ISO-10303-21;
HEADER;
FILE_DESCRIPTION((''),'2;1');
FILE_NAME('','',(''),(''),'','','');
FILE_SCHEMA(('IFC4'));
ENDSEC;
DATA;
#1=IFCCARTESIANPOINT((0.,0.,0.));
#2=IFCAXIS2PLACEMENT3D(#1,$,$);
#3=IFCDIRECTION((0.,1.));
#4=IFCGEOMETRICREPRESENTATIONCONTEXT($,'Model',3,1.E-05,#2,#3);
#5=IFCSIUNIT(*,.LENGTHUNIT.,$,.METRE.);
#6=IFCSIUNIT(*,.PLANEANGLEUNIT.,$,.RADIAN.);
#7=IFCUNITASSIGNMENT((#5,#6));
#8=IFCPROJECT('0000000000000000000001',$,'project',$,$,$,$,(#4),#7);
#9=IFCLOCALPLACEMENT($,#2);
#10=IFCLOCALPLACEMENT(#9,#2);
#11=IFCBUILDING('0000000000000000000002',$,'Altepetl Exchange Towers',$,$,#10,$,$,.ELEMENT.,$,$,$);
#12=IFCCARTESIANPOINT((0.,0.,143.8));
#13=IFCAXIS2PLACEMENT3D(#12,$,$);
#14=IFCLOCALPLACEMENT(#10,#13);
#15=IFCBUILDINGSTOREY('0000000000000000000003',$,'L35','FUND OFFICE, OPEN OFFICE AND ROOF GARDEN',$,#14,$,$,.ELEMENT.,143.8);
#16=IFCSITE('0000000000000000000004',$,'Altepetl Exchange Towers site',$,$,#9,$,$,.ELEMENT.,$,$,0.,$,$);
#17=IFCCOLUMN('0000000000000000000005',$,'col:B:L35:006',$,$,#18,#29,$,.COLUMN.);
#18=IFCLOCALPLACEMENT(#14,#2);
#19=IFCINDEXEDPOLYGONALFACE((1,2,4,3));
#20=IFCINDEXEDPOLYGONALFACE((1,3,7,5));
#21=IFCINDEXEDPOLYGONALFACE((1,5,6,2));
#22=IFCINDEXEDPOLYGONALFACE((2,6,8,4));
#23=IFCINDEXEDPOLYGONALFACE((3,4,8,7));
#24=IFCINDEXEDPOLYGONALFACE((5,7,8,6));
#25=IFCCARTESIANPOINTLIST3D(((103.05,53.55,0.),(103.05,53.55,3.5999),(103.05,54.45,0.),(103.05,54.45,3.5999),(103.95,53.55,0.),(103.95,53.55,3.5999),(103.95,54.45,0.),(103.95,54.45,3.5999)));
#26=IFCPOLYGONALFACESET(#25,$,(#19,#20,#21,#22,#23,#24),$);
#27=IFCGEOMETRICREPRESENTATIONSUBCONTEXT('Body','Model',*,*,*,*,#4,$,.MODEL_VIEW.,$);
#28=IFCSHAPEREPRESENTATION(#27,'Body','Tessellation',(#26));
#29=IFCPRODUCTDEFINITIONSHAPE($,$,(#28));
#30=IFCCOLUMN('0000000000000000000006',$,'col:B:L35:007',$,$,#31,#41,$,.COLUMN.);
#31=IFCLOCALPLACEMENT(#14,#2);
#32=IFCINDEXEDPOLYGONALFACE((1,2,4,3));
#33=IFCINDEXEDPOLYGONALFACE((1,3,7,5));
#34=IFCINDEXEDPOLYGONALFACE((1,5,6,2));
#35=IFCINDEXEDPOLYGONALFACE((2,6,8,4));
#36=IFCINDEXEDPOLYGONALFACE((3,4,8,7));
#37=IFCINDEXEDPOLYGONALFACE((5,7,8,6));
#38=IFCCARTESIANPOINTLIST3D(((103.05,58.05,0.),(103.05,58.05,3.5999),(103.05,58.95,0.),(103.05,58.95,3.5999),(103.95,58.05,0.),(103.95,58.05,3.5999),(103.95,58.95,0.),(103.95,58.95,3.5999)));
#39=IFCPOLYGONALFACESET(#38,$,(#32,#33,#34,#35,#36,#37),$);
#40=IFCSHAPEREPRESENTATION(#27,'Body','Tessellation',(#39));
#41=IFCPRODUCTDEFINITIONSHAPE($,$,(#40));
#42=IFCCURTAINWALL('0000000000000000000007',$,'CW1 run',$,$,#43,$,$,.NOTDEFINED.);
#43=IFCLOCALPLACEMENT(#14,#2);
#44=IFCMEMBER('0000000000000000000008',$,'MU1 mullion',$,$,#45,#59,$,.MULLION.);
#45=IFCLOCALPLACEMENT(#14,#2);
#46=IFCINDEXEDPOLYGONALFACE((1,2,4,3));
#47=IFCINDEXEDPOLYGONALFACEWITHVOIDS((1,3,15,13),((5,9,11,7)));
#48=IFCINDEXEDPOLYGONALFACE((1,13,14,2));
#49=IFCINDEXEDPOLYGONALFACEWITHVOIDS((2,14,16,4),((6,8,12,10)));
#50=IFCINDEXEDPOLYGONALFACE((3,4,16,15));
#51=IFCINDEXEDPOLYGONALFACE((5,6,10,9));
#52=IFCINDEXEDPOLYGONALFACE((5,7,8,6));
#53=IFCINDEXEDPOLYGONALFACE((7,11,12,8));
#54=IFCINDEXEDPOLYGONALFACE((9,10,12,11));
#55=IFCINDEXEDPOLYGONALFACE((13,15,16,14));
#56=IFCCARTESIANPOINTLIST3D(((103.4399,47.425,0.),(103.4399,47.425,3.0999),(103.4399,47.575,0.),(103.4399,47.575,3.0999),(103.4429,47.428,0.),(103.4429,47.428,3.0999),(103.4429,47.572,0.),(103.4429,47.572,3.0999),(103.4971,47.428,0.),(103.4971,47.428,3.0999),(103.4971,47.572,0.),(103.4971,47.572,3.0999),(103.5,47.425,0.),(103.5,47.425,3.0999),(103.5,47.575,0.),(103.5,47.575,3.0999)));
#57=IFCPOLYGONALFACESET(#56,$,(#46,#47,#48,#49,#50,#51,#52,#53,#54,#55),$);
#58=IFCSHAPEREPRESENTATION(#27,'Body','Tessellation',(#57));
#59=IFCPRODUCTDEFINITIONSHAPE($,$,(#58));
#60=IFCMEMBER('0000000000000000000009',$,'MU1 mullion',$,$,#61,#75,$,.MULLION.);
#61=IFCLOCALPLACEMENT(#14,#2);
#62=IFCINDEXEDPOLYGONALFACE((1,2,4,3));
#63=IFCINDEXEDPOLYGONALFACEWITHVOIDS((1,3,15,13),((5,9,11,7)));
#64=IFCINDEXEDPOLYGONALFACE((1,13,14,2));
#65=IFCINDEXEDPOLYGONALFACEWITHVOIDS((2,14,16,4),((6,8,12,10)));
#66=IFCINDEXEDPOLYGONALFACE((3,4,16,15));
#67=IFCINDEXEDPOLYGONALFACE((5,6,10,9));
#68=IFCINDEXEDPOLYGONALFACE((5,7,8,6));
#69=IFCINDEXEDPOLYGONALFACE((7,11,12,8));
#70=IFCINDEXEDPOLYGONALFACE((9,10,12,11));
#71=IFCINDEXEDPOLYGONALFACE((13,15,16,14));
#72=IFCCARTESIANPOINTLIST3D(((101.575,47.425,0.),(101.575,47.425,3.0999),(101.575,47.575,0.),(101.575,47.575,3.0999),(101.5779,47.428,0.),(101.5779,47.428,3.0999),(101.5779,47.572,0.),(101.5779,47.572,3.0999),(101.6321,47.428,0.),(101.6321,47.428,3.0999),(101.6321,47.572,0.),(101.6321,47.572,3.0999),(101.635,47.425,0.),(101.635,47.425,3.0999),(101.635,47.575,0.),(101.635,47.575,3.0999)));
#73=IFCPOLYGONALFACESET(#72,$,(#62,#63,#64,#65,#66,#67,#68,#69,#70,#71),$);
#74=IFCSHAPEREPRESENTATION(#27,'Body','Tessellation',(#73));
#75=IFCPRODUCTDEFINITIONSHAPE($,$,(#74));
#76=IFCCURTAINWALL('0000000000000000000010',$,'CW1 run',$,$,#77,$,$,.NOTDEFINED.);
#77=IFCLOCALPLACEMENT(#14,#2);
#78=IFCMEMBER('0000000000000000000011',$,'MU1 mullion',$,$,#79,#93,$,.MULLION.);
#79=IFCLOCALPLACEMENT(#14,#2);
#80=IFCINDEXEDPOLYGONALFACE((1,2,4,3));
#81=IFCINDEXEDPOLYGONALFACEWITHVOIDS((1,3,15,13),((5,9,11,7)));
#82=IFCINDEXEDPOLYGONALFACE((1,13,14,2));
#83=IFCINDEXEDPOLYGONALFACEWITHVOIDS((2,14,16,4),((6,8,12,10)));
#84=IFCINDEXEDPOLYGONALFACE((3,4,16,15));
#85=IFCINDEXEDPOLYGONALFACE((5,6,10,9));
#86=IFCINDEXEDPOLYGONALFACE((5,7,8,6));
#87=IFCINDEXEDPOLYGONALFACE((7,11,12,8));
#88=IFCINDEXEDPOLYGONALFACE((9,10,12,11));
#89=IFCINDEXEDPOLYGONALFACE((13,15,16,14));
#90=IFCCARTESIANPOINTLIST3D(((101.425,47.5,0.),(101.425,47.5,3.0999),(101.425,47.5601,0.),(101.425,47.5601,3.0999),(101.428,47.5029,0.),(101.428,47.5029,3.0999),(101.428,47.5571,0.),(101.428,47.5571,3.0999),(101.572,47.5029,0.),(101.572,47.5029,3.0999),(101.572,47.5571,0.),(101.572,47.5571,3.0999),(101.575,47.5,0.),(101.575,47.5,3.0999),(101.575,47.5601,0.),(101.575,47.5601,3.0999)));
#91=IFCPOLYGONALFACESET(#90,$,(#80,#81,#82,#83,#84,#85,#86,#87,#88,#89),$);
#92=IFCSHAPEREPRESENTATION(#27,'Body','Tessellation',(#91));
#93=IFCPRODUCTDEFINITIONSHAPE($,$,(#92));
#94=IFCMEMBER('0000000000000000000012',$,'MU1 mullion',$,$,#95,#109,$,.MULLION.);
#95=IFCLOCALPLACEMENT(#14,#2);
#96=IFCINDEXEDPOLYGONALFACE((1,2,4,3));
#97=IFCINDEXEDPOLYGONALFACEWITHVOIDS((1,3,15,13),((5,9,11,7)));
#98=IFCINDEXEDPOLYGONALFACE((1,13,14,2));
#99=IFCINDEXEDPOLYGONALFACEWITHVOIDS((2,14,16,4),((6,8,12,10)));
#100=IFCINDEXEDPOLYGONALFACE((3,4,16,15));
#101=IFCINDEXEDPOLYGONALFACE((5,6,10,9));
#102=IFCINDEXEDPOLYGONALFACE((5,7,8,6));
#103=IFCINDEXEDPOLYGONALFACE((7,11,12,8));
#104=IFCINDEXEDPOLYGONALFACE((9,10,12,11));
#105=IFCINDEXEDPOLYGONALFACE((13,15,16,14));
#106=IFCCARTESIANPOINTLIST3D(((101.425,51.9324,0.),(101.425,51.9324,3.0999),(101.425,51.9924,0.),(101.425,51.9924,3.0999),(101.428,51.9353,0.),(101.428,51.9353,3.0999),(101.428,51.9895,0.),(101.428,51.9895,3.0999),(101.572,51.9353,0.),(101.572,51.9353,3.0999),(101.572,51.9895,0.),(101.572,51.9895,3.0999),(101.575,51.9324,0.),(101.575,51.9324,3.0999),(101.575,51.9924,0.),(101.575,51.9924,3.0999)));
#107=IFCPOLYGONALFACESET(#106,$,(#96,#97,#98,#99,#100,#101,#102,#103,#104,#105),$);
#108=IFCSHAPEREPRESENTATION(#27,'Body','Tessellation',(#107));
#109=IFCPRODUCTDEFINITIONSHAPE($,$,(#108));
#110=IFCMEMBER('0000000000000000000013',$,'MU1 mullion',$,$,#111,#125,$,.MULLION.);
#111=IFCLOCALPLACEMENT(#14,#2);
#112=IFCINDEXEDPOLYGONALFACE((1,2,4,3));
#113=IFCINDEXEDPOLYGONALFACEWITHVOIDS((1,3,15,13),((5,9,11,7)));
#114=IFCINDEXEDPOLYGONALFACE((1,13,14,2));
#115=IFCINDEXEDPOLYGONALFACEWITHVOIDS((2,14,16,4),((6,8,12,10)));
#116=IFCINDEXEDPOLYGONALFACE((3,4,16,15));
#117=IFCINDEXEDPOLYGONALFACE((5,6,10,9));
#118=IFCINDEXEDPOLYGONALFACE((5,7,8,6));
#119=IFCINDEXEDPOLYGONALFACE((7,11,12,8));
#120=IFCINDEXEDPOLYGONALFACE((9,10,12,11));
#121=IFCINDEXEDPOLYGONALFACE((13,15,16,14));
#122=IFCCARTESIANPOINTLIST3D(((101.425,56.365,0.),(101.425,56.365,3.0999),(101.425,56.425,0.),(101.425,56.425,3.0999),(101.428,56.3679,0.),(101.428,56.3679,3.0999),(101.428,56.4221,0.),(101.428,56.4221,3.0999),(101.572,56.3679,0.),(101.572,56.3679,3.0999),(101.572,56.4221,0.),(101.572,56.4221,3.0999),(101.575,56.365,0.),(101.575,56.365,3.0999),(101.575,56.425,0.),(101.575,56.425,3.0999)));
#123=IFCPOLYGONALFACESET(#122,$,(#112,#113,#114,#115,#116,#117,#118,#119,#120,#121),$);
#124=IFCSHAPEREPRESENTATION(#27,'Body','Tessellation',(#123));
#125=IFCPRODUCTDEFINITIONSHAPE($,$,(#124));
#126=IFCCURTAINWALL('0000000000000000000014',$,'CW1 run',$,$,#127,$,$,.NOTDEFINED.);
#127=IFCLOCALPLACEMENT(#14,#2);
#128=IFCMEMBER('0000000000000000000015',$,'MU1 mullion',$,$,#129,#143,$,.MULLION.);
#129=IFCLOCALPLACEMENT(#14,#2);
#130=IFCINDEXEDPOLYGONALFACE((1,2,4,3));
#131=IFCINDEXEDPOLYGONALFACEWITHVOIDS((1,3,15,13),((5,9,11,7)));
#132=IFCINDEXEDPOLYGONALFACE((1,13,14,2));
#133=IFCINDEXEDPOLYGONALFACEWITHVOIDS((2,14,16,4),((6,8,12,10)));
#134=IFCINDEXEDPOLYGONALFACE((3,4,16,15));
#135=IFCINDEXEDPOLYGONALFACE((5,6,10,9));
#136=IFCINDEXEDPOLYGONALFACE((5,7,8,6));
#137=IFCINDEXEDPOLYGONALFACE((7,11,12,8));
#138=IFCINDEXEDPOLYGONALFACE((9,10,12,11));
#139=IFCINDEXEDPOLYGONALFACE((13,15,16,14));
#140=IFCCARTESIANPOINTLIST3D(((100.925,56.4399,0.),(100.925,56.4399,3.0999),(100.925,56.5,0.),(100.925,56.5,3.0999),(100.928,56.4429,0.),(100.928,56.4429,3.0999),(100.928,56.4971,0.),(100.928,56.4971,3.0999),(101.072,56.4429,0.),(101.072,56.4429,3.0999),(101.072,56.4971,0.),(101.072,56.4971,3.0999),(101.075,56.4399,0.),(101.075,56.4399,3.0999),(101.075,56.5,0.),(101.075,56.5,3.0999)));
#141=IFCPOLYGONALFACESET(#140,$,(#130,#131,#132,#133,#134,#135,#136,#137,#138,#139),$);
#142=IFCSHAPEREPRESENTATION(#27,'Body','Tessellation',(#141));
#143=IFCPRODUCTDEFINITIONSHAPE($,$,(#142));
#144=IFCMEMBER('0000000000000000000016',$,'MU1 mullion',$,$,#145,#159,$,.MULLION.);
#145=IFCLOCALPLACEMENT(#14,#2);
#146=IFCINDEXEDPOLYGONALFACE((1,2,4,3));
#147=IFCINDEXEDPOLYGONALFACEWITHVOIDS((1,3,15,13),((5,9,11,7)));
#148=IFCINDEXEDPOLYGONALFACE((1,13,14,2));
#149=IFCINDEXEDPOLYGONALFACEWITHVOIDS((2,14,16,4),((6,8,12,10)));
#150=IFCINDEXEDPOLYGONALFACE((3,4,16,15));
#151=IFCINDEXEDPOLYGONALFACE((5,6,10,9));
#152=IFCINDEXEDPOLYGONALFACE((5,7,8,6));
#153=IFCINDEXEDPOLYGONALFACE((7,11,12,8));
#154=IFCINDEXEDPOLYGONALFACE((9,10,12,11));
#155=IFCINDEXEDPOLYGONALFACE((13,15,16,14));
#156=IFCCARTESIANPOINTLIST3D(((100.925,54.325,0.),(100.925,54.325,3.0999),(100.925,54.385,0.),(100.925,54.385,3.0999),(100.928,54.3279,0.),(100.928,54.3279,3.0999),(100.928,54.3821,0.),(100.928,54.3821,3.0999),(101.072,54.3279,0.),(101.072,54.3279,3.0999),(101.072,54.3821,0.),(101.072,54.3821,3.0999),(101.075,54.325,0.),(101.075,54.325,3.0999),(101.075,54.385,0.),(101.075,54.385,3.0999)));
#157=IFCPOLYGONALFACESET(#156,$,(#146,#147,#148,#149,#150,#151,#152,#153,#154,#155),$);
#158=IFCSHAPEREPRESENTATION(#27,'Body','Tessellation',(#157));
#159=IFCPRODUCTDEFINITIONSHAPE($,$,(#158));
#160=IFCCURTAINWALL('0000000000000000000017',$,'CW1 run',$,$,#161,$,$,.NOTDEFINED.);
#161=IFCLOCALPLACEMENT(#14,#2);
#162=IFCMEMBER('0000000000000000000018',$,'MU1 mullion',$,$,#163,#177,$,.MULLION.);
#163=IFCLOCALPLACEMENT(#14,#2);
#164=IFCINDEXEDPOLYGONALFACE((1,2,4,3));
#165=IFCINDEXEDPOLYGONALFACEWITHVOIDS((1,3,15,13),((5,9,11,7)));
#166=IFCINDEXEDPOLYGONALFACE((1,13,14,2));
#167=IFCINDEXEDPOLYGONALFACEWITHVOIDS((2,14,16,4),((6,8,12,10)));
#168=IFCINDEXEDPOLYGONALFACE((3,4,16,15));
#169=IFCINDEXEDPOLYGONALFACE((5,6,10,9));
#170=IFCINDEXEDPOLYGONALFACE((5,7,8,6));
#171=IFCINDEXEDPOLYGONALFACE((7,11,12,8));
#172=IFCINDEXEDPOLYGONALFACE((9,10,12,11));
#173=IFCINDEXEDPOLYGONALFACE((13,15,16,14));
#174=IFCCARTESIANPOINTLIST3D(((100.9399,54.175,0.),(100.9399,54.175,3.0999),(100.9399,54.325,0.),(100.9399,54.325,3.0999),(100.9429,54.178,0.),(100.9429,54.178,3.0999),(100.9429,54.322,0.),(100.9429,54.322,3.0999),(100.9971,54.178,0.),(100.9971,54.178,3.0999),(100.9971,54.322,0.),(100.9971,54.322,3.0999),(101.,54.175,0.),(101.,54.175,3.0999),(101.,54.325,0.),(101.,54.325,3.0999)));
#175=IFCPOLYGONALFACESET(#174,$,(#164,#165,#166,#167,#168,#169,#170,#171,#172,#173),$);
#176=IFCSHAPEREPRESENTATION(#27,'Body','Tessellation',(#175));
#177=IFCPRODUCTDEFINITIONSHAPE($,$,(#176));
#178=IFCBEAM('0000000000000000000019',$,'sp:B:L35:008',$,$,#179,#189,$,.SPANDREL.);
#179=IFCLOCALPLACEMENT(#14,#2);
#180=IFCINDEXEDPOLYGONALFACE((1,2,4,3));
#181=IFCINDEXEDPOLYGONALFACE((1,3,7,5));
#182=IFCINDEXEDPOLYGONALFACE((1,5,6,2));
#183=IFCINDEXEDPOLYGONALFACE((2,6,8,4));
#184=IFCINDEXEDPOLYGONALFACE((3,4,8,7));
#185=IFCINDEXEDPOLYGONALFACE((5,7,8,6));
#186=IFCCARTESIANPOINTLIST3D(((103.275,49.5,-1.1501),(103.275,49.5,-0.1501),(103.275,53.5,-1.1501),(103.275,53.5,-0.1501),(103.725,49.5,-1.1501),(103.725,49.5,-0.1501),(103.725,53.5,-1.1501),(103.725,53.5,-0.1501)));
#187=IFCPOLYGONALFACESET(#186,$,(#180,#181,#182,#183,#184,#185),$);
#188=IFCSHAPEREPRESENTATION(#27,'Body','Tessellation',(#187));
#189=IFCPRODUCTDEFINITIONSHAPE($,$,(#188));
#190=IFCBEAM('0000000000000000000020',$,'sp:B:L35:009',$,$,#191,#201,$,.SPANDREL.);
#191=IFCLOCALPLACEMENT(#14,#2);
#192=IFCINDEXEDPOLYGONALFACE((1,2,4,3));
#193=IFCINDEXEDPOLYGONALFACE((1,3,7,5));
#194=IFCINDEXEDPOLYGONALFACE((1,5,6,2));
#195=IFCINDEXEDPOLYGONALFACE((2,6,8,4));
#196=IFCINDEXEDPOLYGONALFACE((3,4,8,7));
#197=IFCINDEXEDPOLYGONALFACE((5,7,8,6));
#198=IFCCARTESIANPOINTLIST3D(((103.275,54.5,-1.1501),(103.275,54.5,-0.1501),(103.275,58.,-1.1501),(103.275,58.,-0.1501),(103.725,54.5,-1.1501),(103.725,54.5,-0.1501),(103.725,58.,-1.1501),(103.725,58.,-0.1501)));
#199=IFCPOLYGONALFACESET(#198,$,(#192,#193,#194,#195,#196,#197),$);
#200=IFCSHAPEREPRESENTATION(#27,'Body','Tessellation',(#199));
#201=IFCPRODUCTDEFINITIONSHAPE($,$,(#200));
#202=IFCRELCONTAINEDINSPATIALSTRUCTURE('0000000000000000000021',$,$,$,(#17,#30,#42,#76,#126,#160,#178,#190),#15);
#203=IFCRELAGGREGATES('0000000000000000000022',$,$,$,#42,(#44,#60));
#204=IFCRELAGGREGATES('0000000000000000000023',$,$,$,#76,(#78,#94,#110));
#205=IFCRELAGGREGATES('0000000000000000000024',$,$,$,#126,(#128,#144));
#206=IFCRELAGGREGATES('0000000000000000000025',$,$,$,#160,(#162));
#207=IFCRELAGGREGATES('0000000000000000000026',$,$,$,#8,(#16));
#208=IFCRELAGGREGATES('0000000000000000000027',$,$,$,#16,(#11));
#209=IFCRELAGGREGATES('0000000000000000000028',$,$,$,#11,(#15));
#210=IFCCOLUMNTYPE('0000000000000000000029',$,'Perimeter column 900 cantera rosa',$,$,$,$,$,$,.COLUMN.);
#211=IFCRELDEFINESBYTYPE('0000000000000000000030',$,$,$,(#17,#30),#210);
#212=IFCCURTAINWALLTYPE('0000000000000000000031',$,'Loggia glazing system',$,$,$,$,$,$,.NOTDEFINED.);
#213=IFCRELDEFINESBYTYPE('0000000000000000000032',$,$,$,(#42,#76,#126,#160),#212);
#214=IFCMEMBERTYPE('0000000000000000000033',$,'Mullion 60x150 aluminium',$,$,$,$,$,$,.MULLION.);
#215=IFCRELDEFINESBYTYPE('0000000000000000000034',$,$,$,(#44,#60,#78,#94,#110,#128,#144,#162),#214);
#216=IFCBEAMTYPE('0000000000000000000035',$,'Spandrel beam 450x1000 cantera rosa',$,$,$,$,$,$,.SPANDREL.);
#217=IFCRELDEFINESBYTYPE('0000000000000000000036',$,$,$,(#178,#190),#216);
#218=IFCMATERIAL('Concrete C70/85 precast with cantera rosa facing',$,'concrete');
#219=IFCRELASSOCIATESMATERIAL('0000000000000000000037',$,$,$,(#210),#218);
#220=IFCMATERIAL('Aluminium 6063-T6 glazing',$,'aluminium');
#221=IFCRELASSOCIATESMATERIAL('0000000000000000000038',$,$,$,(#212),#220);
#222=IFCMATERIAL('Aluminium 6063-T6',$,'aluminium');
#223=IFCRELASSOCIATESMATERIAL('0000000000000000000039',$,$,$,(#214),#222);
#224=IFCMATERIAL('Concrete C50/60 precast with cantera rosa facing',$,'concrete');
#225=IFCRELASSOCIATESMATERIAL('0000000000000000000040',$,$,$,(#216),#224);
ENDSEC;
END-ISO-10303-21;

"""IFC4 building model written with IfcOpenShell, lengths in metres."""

from ifc_helpers import new_model, si_unit, direction, frame, origin, origin_2d, place, context, subcontext, project, spatial, rectangle, hollow_rectangle, extrude, material, material_profile, profile_set, type_object, element, aggregate, save


model = new_model("IFC4")

# Units and contexts
model_context = context("Model", 3, precision=1e-05, world=origin(), true_north=direction((0.0, 1.0)))
body_context = subcontext(model_context, "Body", "Model", "MODEL_VIEW")
ifc_project = project(units=[si_unit("LENGTHUNIT", "METRE"), si_unit("PLANEANGLEUNIT", "RADIAN")], contexts=[model_context])

# Site, building, storey
site_placement = place(None, origin())
site = spatial("IfcSite", under=ifc_project, at=site_placement, Name="Altepetl Exchange Towers site", CompositionType="ELEMENT", RefElevation=0.0)
building_placement = place(site_placement, origin())
building = spatial("IfcBuilding", under=site, at=building_placement, Name="Altepetl Exchange Towers", CompositionType="ELEMENT")
storey_placement = place(building_placement, frame((0.0, 0.0, 143.8)))
storey = spatial("IfcBuildingStorey", under=building, at=storey_placement, Name="L35", Description="FUND OFFICE, OPEN OFFICE AND ROOF GARDEN", CompositionType="ELEMENT", Elevation=143.8)

# Columns
ifc_material_1 = material(Name="Concrete C70/85 precast with cantera rosa facing", Category="concrete")
ifc_material_profile_1 = material_profile(ifc_material_1, rectangle(XDim=0.8999, YDim=0.8999, at=origin_2d()), Name="900 x 900")
ifc_profile_set_1 = profile_set([ifc_material_profile_1], Name="Concrete C70/85 precast with cantera rosa facing")
column_type = type_object("IfcColumnType", Name="Perimeter column 900 cantera rosa", PredefinedType="COLUMN", material=ifc_profile_set_1)
for number, where, name in (
    (1, (103.5, 54.0, 0.0), "col:B:L35:006"),
    (2, (103.5, 58.5, 0.0), "col:B:L35:007"),
):
    element("IfcColumn", number, at=place(storey_placement, frame(where)), inside=storey, type_object=column_type, Name=name, PredefinedType="COLUMN", context=body_context, shape_type="SweptSolid", body=[
        extrude(rectangle(XDim=0.8999, YDim=0.8999, at=origin_2d()), origin(), (0.0, 0.0, 1.0), 3.5999),
    ])

# Curtain walls, members
ifc_material_2 = material(Name="Aluminium 6063-T6 glazing", Category="aluminium")
curtain_wall_type = type_object("IfcCurtainWallType", Name="Loggia glazing system", PredefinedType="NOTDEFINED", material=ifc_material_2)
curtain_wall_1_placement = place(storey_placement, origin())
curtain_wall_1 = element("IfcCurtainWall", 3, at=curtain_wall_1_placement, inside=storey, type_object=curtain_wall_type, Name="CW1 run", PredefinedType="NOTDEFINED")
ifc_material_3 = material(Name="Aluminium 6063-T6", Category="aluminium")
ifc_material_profile_2 = material_profile(ifc_material_3, hollow_rectangle(XDim=0.0601, YDim=0.1499, WallThickness=0.0029, at=origin_2d()), Name="Mullion 60x150 aluminium")
ifc_profile_set_2 = profile_set([ifc_material_profile_2], Name="Aluminium 6063-T6")
member_type = type_object("IfcMemberType", Name="Mullion 60x150 aluminium", PredefinedType="MULLION", material=ifc_profile_set_2)
member_1_placement = place(storey_placement, frame((103.47, 47.5, 0.0), z_axis=(0.0, 0.0, 1.0), x_axis=(-1.0, 0.0, 0.0)))
member_1 = element("IfcMember", 4, at=member_1_placement, type_object=member_type, Name="MU1 mullion", PredefinedType="MULLION", context=body_context, shape_type="SweptSolid", body=[
    extrude(hollow_rectangle(XDim=0.0601, YDim=0.1499, WallThickness=0.0029, at=origin_2d()), origin(), (0.0, 0.0, 1.0), 3.0999),
])
member_2_placement = place(storey_placement, frame((101.605, 47.5, 0.0), z_axis=(0.0, 0.0, 1.0), x_axis=(-1.0, 0.0, 0.0)))
member_2 = element("IfcMember", 5, at=member_2_placement, type_object=member_type, Name="MU1 mullion", PredefinedType="MULLION", context=body_context, shape_type="SweptSolid", body=[
    extrude(hollow_rectangle(XDim=0.0601, YDim=0.1499, WallThickness=0.0029, at=origin_2d()), origin(), (0.0, 0.0, 1.0), 3.0999),
])
curtain_wall_2_placement = place(storey_placement, origin())
curtain_wall_2 = element("IfcCurtainWall", 6, at=curtain_wall_2_placement, inside=storey, type_object=curtain_wall_type, Name="CW1 run", PredefinedType="NOTDEFINED")
member_3_placement = place(storey_placement, frame((101.5, 47.53, 0.0), z_axis=(0.0, 0.0, 1.0), x_axis=(0.0, 1.0, 0.0)))
member_3 = element("IfcMember", 7, at=member_3_placement, type_object=member_type, Name="MU1 mullion", PredefinedType="MULLION", context=body_context, shape_type="SweptSolid", body=[
    extrude(hollow_rectangle(XDim=0.0601, YDim=0.1499, WallThickness=0.0029, at=origin_2d()), origin(), (0.0, 0.0, 1.0), 3.0999),
])
member_4_placement = place(storey_placement, frame((101.5, 51.9624, 0.0), z_axis=(0.0, 0.0, 1.0), x_axis=(0.0, 1.0, 0.0)))
member_4 = element("IfcMember", 8, at=member_4_placement, type_object=member_type, Name="MU1 mullion", PredefinedType="MULLION", context=body_context, shape_type="SweptSolid", body=[
    extrude(hollow_rectangle(XDim=0.0601, YDim=0.1499, WallThickness=0.0029, at=origin_2d()), origin(), (0.0, 0.0, 1.0), 3.0999),
])
member_5_placement = place(storey_placement, frame((101.5, 56.395, 0.0), z_axis=(0.0, 0.0, 1.0), x_axis=(0.0, 1.0, 0.0)))
member_5 = element("IfcMember", 9, at=member_5_placement, type_object=member_type, Name="MU1 mullion", PredefinedType="MULLION", context=body_context, shape_type="SweptSolid", body=[
    extrude(hollow_rectangle(XDim=0.0601, YDim=0.1499, WallThickness=0.0029, at=origin_2d()), origin(), (0.0, 0.0, 1.0), 3.0999),
])
curtain_wall_3_placement = place(storey_placement, origin())
curtain_wall_3 = element("IfcCurtainWall", 10, at=curtain_wall_3_placement, inside=storey, type_object=curtain_wall_type, Name="CW1 run", PredefinedType="NOTDEFINED")
member_6_placement = place(storey_placement, frame((101.0, 56.47, 0.0), z_axis=(0.0, 0.0, 1.0), x_axis=(0.0, -1.0, 0.0)))
member_6 = element("IfcMember", 11, at=member_6_placement, type_object=member_type, Name="MU1 mullion", PredefinedType="MULLION", context=body_context, shape_type="SweptSolid", body=[
    extrude(hollow_rectangle(XDim=0.0601, YDim=0.1499, WallThickness=0.0029, at=origin_2d()), origin(), (0.0, 0.0, 1.0), 3.0999),
])
member_7_placement = place(storey_placement, frame((101.0, 54.355, 0.0), z_axis=(0.0, 0.0, 1.0), x_axis=(0.0, -1.0, 0.0)))
member_7 = element("IfcMember", 12, at=member_7_placement, type_object=member_type, Name="MU1 mullion", PredefinedType="MULLION", context=body_context, shape_type="SweptSolid", body=[
    extrude(hollow_rectangle(XDim=0.0601, YDim=0.1499, WallThickness=0.0029, at=origin_2d()), origin(), (0.0, 0.0, 1.0), 3.0999),
])

# Curtain wall, member
curtain_wall_4_placement = place(storey_placement, origin())
curtain_wall_4 = element("IfcCurtainWall", 13, at=curtain_wall_4_placement, inside=storey, type_object=curtain_wall_type, Name="CW1 run", PredefinedType="NOTDEFINED")
member_8_placement = place(storey_placement, frame((100.97, 54.25, 0.0), z_axis=(0.0, 0.0, 1.0), x_axis=(-1.0, 0.0, 0.0)))
member_8 = element("IfcMember", 14, at=member_8_placement, type_object=member_type, Name="MU1 mullion", PredefinedType="MULLION", context=body_context, shape_type="SweptSolid", body=[
    extrude(hollow_rectangle(XDim=0.0601, YDim=0.1499, WallThickness=0.0029, at=origin_2d()), origin(), (0.0, 0.0, 1.0), 3.0999),
])

# Beams
ifc_material_4 = material(Name="Concrete C50/60 precast with cantera rosa facing", Category="concrete")
ifc_material_profile_3 = material_profile(ifc_material_4, rectangle(XDim=0.45, YDim=1.0, at=origin_2d()), Name="450 x 1000")
ifc_profile_set_3 = profile_set([ifc_material_profile_3], Name="Concrete C50/60 precast with cantera rosa facing")
beam_type = type_object("IfcBeamType", Name="Spandrel beam 450x1000 cantera rosa", PredefinedType="SPANDREL", material=ifc_profile_set_3)
beam_placement = place(storey_placement, frame((103.5, 49.5, -0.6501), z_axis=(0.0, 1.0, 0.0), x_axis=(-1.0, 0.0, 0.0)))
element("IfcBeam", 15, at=beam_placement, inside=storey, type_object=beam_type, Name="sp:B:L35:008", PredefinedType="SPANDREL", context=body_context, shape_type="SweptSolid", body=[
    extrude(rectangle(XDim=0.45, YDim=1.0, at=origin_2d()), origin(), (0.0, 0.0, 1.0), 4.0),
])
for number, where, z_axis, x_axis, name in (
    (16, (103.5, 54.5, -0.6501), (0.0, 1.0, 0.0), (-1.0, 0.0, 0.0), "sp:B:L35:009"),
):
    element("IfcBeam", number, at=place(storey_placement, frame(where, z_axis=z_axis, x_axis=x_axis)), inside=storey, type_object=beam_type, Name=name, PredefinedType="SPANDREL", context=body_context, shape_type="SweptSolid", body=[
        extrude(rectangle(XDim=0.45, YDim=1.0, at=origin_2d()), origin(), (0.0, 0.0, 1.0), 3.5),
    ])

aggregate(curtain_wall_1, [member_1, member_2])
aggregate(curtain_wall_2, [member_3, member_4, member_5])
aggregate(curtain_wall_3, [member_6, member_7])
aggregate(curtain_wall_4, [member_8])

save(model, "model.ifc")
